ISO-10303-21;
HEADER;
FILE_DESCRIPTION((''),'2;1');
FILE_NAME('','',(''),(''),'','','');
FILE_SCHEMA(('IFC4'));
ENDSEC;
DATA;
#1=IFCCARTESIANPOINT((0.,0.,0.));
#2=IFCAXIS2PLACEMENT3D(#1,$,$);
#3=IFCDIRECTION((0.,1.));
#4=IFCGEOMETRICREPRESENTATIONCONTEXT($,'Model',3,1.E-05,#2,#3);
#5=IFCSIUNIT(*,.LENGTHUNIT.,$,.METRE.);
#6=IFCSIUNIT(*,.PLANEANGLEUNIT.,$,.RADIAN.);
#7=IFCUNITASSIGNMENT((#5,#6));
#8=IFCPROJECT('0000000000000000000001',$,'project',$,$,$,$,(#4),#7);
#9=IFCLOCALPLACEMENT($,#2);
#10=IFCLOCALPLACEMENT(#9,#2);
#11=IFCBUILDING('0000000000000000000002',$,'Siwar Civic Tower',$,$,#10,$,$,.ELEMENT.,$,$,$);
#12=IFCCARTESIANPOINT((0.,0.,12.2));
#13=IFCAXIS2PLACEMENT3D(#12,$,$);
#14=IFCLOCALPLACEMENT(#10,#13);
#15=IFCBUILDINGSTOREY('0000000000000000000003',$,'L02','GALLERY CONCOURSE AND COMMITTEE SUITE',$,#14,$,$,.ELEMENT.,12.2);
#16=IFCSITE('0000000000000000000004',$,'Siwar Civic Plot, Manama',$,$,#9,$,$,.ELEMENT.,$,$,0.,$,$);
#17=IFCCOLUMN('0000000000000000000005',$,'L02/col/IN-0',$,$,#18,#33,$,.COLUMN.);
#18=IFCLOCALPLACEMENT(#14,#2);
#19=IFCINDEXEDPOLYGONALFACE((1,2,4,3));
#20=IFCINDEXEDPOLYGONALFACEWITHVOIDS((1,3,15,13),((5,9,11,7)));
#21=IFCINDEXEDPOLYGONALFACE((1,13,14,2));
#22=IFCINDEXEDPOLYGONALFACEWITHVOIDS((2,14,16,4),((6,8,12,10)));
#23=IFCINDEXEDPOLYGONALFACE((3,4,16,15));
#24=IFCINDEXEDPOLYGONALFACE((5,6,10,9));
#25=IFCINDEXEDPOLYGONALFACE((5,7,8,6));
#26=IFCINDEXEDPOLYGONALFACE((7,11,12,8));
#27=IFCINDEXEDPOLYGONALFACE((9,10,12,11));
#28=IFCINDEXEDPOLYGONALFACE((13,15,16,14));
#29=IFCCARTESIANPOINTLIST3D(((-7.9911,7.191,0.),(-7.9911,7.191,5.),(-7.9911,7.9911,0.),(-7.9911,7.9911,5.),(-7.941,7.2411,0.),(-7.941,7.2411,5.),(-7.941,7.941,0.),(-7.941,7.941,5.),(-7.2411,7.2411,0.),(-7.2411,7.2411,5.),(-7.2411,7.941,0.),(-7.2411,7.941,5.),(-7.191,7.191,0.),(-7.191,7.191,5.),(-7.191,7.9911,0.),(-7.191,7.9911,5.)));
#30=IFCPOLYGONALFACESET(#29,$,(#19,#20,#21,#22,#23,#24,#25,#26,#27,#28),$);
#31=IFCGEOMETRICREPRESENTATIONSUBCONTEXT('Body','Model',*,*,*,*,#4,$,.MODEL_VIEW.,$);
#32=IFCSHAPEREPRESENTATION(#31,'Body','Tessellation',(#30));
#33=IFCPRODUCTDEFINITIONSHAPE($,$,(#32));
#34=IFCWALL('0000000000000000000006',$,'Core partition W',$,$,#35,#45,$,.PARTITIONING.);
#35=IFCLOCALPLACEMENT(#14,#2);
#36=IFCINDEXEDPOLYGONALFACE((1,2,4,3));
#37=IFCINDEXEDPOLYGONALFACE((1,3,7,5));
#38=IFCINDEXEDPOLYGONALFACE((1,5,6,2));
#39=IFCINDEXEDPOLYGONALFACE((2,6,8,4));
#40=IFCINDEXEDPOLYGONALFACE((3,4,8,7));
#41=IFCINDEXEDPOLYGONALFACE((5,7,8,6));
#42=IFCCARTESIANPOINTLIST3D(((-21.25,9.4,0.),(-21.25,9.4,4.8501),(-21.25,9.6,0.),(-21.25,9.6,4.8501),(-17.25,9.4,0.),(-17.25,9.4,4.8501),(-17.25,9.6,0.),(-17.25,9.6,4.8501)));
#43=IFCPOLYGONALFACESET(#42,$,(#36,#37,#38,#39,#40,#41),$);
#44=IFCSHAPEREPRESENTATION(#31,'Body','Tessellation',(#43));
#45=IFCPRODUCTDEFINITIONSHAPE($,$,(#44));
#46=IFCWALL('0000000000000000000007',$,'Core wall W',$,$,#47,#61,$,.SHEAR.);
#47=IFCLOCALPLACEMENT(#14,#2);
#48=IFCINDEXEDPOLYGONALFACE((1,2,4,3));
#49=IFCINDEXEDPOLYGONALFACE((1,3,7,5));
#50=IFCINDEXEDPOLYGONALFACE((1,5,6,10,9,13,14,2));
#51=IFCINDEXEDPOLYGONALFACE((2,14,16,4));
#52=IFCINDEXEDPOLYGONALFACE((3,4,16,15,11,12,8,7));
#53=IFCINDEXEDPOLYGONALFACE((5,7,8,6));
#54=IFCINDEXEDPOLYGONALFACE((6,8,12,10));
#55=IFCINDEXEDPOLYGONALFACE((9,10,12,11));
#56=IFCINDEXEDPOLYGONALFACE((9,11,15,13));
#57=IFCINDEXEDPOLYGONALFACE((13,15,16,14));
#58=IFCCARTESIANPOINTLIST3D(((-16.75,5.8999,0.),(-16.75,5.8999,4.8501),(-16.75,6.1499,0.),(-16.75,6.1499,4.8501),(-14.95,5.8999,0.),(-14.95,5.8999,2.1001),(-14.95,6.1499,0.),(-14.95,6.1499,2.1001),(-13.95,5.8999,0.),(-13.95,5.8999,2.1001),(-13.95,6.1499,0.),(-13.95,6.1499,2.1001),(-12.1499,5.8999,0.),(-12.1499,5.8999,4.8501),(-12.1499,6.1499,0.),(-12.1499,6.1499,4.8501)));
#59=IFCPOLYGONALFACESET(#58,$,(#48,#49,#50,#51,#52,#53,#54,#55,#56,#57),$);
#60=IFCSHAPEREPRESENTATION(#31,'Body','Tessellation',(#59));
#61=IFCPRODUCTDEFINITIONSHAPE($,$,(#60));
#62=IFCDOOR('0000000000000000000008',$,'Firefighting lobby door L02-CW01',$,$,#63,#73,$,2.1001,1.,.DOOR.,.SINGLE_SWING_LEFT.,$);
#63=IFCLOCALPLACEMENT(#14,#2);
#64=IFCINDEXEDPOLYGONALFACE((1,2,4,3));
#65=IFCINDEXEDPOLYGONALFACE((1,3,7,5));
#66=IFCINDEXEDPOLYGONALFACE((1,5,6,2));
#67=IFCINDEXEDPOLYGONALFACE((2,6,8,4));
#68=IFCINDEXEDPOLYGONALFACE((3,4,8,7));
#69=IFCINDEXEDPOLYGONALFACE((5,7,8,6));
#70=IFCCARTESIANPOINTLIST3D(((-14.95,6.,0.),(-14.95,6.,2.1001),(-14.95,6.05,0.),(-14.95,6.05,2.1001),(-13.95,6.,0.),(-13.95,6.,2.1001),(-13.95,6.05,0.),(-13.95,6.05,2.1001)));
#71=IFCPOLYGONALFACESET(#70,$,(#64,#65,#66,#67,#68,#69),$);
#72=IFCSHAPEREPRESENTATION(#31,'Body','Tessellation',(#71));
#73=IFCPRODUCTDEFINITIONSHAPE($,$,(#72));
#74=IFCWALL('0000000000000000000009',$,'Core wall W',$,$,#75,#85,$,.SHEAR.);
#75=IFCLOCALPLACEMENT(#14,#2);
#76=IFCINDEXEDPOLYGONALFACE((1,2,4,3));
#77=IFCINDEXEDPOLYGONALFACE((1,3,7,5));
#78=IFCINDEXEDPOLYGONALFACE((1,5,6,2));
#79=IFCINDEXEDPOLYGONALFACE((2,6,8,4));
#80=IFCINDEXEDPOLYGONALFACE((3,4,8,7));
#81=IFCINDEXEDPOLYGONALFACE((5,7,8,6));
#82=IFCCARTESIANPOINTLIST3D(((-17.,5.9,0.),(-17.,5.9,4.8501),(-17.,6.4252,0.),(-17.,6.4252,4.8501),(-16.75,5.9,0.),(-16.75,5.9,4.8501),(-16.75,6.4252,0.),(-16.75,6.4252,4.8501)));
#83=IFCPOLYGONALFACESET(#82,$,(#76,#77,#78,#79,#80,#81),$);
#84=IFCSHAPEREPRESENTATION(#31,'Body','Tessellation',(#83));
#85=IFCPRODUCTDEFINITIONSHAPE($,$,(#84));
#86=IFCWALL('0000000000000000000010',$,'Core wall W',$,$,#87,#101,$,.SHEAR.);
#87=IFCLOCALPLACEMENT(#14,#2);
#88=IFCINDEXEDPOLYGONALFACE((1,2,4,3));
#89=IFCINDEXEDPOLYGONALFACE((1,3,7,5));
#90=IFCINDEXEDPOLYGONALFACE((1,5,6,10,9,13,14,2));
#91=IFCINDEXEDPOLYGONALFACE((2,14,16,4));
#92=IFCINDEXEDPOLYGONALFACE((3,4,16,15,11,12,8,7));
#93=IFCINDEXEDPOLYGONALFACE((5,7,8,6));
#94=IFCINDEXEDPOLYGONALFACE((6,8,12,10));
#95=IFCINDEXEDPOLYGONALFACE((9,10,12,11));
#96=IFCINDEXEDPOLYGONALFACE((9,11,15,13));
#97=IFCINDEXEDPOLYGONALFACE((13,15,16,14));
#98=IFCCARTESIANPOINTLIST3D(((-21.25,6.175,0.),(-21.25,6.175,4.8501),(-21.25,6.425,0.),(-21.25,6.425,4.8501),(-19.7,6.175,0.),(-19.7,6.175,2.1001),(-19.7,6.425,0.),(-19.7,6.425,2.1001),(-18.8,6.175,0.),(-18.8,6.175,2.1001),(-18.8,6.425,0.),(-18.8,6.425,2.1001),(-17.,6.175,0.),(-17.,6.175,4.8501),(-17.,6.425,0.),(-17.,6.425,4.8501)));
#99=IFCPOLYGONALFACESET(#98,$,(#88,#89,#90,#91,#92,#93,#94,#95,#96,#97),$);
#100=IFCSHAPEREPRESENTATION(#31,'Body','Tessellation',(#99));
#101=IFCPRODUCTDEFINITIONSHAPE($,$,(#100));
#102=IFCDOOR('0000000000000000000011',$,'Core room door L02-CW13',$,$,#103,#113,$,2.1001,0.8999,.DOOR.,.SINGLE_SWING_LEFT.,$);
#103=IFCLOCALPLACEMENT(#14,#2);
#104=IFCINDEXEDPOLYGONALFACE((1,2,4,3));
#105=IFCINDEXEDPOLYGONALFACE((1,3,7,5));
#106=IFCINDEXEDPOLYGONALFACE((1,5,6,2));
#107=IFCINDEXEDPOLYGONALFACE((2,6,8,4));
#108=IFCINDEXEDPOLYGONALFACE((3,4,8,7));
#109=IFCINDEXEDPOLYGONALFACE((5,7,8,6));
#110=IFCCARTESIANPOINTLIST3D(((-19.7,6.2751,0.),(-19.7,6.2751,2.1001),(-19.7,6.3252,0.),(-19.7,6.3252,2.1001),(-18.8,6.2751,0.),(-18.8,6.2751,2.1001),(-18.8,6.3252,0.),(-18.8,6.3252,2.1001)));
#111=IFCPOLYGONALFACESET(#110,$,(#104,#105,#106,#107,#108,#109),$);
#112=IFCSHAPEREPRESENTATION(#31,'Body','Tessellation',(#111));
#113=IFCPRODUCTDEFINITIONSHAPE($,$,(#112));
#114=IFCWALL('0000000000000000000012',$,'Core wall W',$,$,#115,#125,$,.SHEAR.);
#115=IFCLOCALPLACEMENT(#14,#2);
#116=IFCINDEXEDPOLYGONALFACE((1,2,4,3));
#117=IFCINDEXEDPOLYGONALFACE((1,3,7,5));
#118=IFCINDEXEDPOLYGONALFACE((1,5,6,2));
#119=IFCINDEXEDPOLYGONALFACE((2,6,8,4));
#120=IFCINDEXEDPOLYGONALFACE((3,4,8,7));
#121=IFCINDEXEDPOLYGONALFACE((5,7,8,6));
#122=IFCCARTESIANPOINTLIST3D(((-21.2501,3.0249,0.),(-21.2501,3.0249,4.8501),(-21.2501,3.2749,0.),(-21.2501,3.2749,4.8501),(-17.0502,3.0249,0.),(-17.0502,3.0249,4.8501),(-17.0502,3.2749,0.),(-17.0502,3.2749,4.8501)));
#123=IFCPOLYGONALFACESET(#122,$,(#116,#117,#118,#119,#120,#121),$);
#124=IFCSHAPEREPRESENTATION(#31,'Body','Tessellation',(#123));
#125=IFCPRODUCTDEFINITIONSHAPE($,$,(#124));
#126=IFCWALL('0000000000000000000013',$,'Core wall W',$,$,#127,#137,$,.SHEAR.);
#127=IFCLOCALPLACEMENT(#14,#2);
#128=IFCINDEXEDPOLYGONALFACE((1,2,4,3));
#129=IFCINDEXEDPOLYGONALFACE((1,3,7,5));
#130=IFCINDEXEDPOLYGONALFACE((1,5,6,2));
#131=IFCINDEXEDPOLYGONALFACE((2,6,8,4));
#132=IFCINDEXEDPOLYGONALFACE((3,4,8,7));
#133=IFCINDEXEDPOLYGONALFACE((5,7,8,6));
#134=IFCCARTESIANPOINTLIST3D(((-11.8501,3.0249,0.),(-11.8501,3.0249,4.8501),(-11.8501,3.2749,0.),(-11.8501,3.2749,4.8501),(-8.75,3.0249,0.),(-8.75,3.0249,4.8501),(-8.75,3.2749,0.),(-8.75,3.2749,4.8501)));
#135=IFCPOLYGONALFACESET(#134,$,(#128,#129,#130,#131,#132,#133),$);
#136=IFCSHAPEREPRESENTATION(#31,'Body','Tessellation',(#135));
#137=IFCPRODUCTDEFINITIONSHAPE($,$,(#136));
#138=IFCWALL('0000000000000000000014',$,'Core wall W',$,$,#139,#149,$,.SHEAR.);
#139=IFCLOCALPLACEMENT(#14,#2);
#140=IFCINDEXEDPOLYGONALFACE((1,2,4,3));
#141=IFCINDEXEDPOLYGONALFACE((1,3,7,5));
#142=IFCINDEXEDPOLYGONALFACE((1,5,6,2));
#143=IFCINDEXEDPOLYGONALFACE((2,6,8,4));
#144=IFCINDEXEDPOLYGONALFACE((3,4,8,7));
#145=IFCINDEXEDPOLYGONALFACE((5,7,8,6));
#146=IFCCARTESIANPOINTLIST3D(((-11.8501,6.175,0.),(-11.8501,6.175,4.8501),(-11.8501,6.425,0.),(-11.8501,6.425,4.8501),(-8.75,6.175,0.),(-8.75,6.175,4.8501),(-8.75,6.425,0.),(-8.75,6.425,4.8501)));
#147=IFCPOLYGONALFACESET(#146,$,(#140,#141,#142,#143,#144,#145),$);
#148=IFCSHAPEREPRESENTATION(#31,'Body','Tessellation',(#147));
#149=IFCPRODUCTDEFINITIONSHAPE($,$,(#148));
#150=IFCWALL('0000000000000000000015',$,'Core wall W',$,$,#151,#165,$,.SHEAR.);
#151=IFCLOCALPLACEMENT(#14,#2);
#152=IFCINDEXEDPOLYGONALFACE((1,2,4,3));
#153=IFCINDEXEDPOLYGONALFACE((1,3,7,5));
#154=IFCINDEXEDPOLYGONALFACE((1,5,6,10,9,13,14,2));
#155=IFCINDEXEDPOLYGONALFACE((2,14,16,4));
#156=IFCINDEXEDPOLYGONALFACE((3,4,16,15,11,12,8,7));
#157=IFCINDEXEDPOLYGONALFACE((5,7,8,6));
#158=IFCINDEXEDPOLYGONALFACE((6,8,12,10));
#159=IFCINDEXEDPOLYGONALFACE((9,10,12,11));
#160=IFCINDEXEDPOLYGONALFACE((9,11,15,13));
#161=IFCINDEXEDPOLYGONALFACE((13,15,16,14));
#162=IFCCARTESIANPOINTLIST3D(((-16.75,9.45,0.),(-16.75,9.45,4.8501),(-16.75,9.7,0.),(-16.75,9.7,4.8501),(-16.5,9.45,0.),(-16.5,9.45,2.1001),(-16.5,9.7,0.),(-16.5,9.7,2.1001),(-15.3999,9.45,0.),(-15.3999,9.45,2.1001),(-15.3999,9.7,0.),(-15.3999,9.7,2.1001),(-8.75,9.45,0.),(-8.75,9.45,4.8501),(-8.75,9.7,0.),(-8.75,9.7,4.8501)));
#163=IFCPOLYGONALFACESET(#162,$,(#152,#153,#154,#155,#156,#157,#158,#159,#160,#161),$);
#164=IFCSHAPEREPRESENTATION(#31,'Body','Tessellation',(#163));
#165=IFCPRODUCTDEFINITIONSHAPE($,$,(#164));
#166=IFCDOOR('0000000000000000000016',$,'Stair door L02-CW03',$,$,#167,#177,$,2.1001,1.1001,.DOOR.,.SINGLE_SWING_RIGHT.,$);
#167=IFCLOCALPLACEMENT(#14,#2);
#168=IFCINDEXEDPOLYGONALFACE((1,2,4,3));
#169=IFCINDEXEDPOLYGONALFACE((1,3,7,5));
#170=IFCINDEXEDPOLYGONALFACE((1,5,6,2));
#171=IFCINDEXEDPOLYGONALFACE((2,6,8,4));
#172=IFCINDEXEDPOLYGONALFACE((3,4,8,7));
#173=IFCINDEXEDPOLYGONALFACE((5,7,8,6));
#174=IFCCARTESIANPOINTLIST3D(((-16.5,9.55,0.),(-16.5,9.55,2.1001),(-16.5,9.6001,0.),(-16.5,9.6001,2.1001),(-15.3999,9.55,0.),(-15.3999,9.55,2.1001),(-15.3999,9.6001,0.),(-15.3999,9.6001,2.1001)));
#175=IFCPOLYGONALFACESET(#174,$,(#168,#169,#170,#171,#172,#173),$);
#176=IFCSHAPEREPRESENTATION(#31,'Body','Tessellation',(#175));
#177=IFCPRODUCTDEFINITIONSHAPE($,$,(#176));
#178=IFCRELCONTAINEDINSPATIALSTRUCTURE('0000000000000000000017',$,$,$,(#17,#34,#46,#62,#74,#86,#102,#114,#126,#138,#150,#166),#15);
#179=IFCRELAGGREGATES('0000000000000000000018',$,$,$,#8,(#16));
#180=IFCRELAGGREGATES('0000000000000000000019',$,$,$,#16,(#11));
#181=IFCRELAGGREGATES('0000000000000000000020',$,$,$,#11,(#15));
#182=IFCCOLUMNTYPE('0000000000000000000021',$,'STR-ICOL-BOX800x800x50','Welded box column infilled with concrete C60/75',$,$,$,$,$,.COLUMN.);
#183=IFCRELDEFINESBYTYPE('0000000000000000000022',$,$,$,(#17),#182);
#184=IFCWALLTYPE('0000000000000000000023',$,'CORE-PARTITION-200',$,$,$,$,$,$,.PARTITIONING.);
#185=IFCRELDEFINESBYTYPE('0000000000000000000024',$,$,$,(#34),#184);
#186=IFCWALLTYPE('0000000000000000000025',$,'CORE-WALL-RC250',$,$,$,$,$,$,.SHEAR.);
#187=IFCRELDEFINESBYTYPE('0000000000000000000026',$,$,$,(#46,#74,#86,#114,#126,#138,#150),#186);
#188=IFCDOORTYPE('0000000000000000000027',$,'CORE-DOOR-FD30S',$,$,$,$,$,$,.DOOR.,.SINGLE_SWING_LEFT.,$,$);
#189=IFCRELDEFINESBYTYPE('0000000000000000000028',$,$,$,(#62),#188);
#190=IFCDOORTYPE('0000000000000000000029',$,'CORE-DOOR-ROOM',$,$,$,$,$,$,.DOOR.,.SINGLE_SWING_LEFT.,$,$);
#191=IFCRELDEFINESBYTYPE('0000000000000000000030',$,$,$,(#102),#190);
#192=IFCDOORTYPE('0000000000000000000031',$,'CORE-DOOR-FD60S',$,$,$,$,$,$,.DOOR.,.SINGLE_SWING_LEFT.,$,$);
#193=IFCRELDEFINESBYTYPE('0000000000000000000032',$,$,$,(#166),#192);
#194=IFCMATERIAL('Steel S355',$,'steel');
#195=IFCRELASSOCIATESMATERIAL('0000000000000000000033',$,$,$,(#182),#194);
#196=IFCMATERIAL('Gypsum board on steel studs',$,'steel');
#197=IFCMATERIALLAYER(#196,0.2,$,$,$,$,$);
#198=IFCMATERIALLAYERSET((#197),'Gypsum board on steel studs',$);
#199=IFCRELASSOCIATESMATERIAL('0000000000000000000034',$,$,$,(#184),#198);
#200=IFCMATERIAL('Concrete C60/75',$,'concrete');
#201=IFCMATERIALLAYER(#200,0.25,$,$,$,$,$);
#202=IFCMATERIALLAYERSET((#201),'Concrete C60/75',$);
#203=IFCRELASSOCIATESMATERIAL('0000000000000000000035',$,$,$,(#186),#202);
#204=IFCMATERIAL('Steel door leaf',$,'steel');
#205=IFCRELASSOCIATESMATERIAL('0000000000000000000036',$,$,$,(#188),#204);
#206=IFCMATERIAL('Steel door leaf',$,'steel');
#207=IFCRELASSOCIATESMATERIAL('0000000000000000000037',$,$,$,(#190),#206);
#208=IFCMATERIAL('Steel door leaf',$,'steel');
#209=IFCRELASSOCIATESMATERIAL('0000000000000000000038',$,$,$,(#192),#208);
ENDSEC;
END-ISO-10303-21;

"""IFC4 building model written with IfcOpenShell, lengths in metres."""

from ifc_helpers import new_model, si_unit, direction, frame, frame_2d, origin, origin_2d, place, context, subcontext, project, spatial, rectangle, hollow_rectangle, extrude, material, layer, layer_set, material_profile, profile_set, type_object, element, fill, save


model = new_model("IFC4")

# Units and contexts
model_context = context("Model", 3, precision=1e-05, world=origin(), true_north=direction((0.0, 1.0)))
body_context = subcontext(model_context, "Body", "Model", "MODEL_VIEW")
ifc_project = project(units=[si_unit("LENGTHUNIT", "METRE"), si_unit("PLANEANGLEUNIT", "RADIAN")], contexts=[model_context])

# Site, building, storey
site_placement = place(None, origin())
site = spatial("IfcSite", under=ifc_project, at=site_placement, Name="Siwar Civic Plot, Manama", CompositionType="ELEMENT", RefElevation=0.0)
building_placement = place(site_placement, origin())
building = spatial("IfcBuilding", under=site, at=building_placement, Name="Siwar Civic Tower", CompositionType="ELEMENT")
storey_placement = place(building_placement, frame((0.0, 0.0, 12.2)))
storey = spatial("IfcBuildingStorey", under=building, at=storey_placement, Name="L02", Description="GALLERY CONCOURSE AND COMMITTEE SUITE", CompositionType="ELEMENT", Elevation=12.2)

# Column
ifc_material_1 = material(Name="Steel S355", Category="steel")
ifc_material_profile = material_profile(ifc_material_1, hollow_rectangle(XDim=0.8, YDim=0.8, WallThickness=0.05, at=origin_2d()), Name="BOX800x800x50")
ifc_profile_set = profile_set([ifc_material_profile], Name="Steel S355")
column_type = type_object("IfcColumnType", Name="STR-ICOL-BOX800x800x50", Description="Welded box column infilled with concrete C60/75", PredefinedType="COLUMN", material=ifc_profile_set)
column_placement = place(storey_placement, frame((-7.5911, 7.5911, 0.0), z_axis=(0.0, 0.0, 1.0), x_axis=(1.0, 0.0, 0.0)))
element("IfcColumn", 1, at=column_placement, inside=storey, type_object=column_type, Name="L02/col/IN-0", PredefinedType="COLUMN", context=body_context, shape_type="SweptSolid", body=[
    extrude(hollow_rectangle(XDim=0.8, YDim=0.8, WallThickness=0.05, at=origin_2d()), origin(), (0.0, 0.0, 1.0), 5.0),
])

# Wall
ifc_material_2 = material(Name="Gypsum board on steel studs", Category="steel")
ifc_layer_1 = layer(ifc_material_2, 0.2)
ifc_layer_set_1 = layer_set([ifc_layer_1], Name="Gypsum board on steel studs")
wall_type_1 = type_object("IfcWallType", Name="CORE-PARTITION-200", PredefinedType="PARTITIONING", material=ifc_layer_set_1)
wall_1_placement = place(storey_placement, frame((-17.25, 9.5, 0.0), z_axis=(0.0, 0.0, 1.0), x_axis=(-1.0, 0.0, 0.0)))
element("IfcWall", 2, at=wall_1_placement, inside=storey, type_object=wall_type_1, Name="Core partition W", PredefinedType="PARTITIONING", context=body_context, shape_type="SweptSolid", body=[
    extrude(rectangle(XDim=4.0, YDim=0.2, at=frame_2d((2.0, 0.0))), origin(), (0.0, 0.0, 1.0), 4.8501),
])

# Wall, opening, door
ifc_material_3 = material(Name="Concrete C60/75", Category="concrete")
ifc_layer_2 = layer(ifc_material_3, 0.25)
ifc_layer_set_2 = layer_set([ifc_layer_2], Name="Concrete C60/75")
wall_type_2 = type_object("IfcWallType", Name="CORE-WALL-RC250", PredefinedType="SHEAR", material=ifc_layer_set_2)
wall_2_placement = place(storey_placement, frame((-12.1499, 6.0249, 0.0), z_axis=(0.0, 0.0, 1.0), x_axis=(-1.0, 0.0, 0.0)))
wall_2 = element("IfcWall", 3, at=wall_2_placement, inside=storey, type_object=wall_type_2, Name="Core wall W", PredefinedType="SHEAR", context=body_context, shape_type="SweptSolid", body=[
    extrude(rectangle(XDim=4.6001, YDim=0.25, at=frame_2d((2.3, 0.0))), origin(), (0.0, 0.0, 1.0), 4.8501),
])
opening_1_placement = place(wall_2_placement, frame((1.8, 0.0, 0.0)))
opening_1 = element("IfcOpeningElement", 4, at=opening_1_placement, cuts=wall_2, PredefinedType="OPENING", context=body_context, shape_type="SweptSolid", body=[
    extrude(rectangle(XDim=1.0, YDim=2.1001, at=frame_2d((0.5, 1.05))), frame((0.0, 0.135, 0.0), z_axis=(0.0, -1.0, 0.0), x_axis=(1.0, 0.0, 0.0)), (0.0, 0.0, 1.0), 0.27),
])
ifc_material_4 = material(Name="Steel door leaf", Category="steel")
door_type_1 = type_object("IfcDoorType", Name="CORE-DOOR-FD30S", OperationType="SINGLE_SWING_LEFT", PredefinedType="DOOR", material=ifc_material_4)
door_1_placement = place(opening_1_placement, origin())
door_1 = element("IfcDoor", 5, at=door_1_placement, inside=storey, type_object=door_type_1, Name="Firefighting lobby door L02-CW01", OperationType="SINGLE_SWING_LEFT", OverallHeight=2.1001, OverallWidth=1.0, PredefinedType="DOOR", context=body_context, shape_type="SweptSolid", body=[
    extrude(rectangle(XDim=1.0, YDim=2.1001, at=frame_2d((0.5, 1.05))), frame((0.0, 0.0249, 0.0), z_axis=(0.0, -1.0, 0.0), x_axis=(1.0, 0.0, 0.0)), (0.0, 0.0, 1.0), 0.05),
])
fill(opening_1, door_1)

# Wall
wall_3_placement = place(storey_placement, frame((-16.875, 5.8999, 0.0), z_axis=(0.0, 0.0, 1.0), x_axis=(0.0, 1.0, 0.0)))
element("IfcWall", 6, at=wall_3_placement, inside=storey, type_object=wall_type_2, Name="Core wall W", PredefinedType="SHEAR", context=body_context, shape_type="SweptSolid", body=[
    extrude(rectangle(XDim=0.5251, YDim=0.25, at=frame_2d((0.2627, 0.0))), origin(), (0.0, 0.0, 1.0), 4.8501),
])

# Wall, opening, door
wall_4_placement = place(storey_placement, frame((-17.0, 6.3, 0.0), z_axis=(0.0, 0.0, 1.0), x_axis=(-1.0, 0.0, 0.0)))
wall_4 = element("IfcWall", 7, at=wall_4_placement, inside=storey, type_object=wall_type_2, Name="Core wall W", PredefinedType="SHEAR", context=body_context, shape_type="SweptSolid", body=[
    extrude(rectangle(XDim=4.25, YDim=0.25, at=frame_2d((2.125, 0.0))), origin(), (0.0, 0.0, 1.0), 4.8501),
])
opening_2_placement = place(wall_4_placement, frame((1.8, 0.0, 0.0)))
opening_2 = element("IfcOpeningElement", 8, at=opening_2_placement, cuts=wall_4, PredefinedType="OPENING", context=body_context, shape_type="SweptSolid", body=[
    extrude(rectangle(XDim=0.8999, YDim=2.1001, at=frame_2d((0.45, 1.05))), frame((0.0, 0.135, 0.0), z_axis=(0.0, -1.0, 0.0), x_axis=(1.0, 0.0, 0.0)), (0.0, 0.0, 1.0), 0.27),
])
ifc_material_5 = material(Name="Steel door leaf", Category="steel")
door_type_2 = type_object("IfcDoorType", Name="CORE-DOOR-ROOM", OperationType="SINGLE_SWING_LEFT", PredefinedType="DOOR", material=ifc_material_5)
door_2_placement = place(opening_2_placement, origin())
door_2 = element("IfcDoor", 9, at=door_2_placement, inside=storey, type_object=door_type_2, Name="Core room door L02-CW13", OperationType="SINGLE_SWING_LEFT", OverallHeight=2.1001, OverallWidth=0.8999, PredefinedType="DOOR", context=body_context, shape_type="SweptSolid", body=[
    extrude(rectangle(XDim=0.8999, YDim=2.1001, at=frame_2d((0.45, 1.05))), frame((0.0, 0.0249, 0.0), z_axis=(0.0, -1.0, 0.0), x_axis=(1.0, 0.0, 0.0)), (0.0, 0.0, 1.0), 0.05),
])
fill(opening_2, door_2)

# Walls
wall_5_placement = place(storey_placement, frame((-17.05, 3.1499, 0.0), z_axis=(0.0, 0.0, 1.0), x_axis=(-1.0, 0.0, 0.0)))
element("IfcWall", 10, at=wall_5_placement, inside=storey, type_object=wall_type_2, Name="Core wall W", PredefinedType="SHEAR", context=body_context, shape_type="SweptSolid", body=[
    extrude(rectangle(XDim=4.2, YDim=0.25, at=frame_2d((2.1001, 0.0))), origin(), (0.0, 0.0, 1.0), 4.8501),
])
for number, where, z_axis, x_axis, name in (
    (11, (-8.75, 3.1499, 0.0), (0.0, 0.0, 1.0), (-1.0, 0.0, 0.0), "Core wall W"),
    (12, (-8.75, 6.3, 0.0), (0.0, 0.0, 1.0), (-1.0, 0.0, 0.0), "Core wall W"),
):
    element("IfcWall", number, at=place(storey_placement, frame(where, z_axis=z_axis, x_axis=x_axis)), inside=storey, type_object=wall_type_2, Name=name, PredefinedType="SHEAR", context=body_context, shape_type="SweptSolid", body=[
        extrude(rectangle(XDim=3.1001, YDim=0.25, at=frame_2d((1.55, 0.0))), origin(), (0.0, 0.0, 1.0), 4.8501),
    ])

# Wall, opening, door
wall_6_placement = place(storey_placement, frame((-8.75, 9.575, 0.0), z_axis=(0.0, 0.0, 1.0), x_axis=(-1.0, 0.0, 0.0)))
wall_6 = element("IfcWall", 13, at=wall_6_placement, inside=storey, type_object=wall_type_2, Name="Core wall W", PredefinedType="SHEAR", context=body_context, shape_type="SweptSolid", body=[
    extrude(rectangle(XDim=8.0, YDim=0.25, at=frame_2d((4.0, 0.0))), origin(), (0.0, 0.0, 1.0), 4.8501),
])
opening_3_placement = place(wall_6_placement, frame((6.6499, 0.0, 0.0)))
opening_3 = element("IfcOpeningElement", 14, at=opening_3_placement, cuts=wall_6, PredefinedType="OPENING", context=body_context, shape_type="SweptSolid", body=[
    extrude(rectangle(XDim=1.1001, YDim=2.1001, at=frame_2d((0.55, 1.05))), frame((0.0, 0.135, 0.0), z_axis=(0.0, -1.0, 0.0), x_axis=(1.0, 0.0, 0.0)), (0.0, 0.0, 1.0), 0.27),
])
ifc_material_6 = material(Name="Steel door leaf", Category="steel")
door_type_3 = type_object("IfcDoorType", Name="CORE-DOOR-FD60S", OperationType="SINGLE_SWING_LEFT", PredefinedType="DOOR", material=ifc_material_6)
door_3_placement = place(opening_3_placement, origin())
door_3 = element("IfcDoor", 15, at=door_3_placement, inside=storey, type_object=door_type_3, Name="Stair door L02-CW03", OperationType="SINGLE_SWING_RIGHT", OverallHeight=2.1001, OverallWidth=1.1001, PredefinedType="DOOR", context=body_context, shape_type="SweptSolid", body=[
    extrude(rectangle(XDim=1.1001, YDim=2.1001, at=frame_2d((0.55, 1.05))), frame((0.0, 0.0249, 0.0), z_axis=(0.0, -1.0, 0.0), x_axis=(1.0, 0.0, 0.0)), (0.0, 0.0, 1.0), 0.05),
])
fill(opening_3, door_3)

save(model, "model.ifc")
